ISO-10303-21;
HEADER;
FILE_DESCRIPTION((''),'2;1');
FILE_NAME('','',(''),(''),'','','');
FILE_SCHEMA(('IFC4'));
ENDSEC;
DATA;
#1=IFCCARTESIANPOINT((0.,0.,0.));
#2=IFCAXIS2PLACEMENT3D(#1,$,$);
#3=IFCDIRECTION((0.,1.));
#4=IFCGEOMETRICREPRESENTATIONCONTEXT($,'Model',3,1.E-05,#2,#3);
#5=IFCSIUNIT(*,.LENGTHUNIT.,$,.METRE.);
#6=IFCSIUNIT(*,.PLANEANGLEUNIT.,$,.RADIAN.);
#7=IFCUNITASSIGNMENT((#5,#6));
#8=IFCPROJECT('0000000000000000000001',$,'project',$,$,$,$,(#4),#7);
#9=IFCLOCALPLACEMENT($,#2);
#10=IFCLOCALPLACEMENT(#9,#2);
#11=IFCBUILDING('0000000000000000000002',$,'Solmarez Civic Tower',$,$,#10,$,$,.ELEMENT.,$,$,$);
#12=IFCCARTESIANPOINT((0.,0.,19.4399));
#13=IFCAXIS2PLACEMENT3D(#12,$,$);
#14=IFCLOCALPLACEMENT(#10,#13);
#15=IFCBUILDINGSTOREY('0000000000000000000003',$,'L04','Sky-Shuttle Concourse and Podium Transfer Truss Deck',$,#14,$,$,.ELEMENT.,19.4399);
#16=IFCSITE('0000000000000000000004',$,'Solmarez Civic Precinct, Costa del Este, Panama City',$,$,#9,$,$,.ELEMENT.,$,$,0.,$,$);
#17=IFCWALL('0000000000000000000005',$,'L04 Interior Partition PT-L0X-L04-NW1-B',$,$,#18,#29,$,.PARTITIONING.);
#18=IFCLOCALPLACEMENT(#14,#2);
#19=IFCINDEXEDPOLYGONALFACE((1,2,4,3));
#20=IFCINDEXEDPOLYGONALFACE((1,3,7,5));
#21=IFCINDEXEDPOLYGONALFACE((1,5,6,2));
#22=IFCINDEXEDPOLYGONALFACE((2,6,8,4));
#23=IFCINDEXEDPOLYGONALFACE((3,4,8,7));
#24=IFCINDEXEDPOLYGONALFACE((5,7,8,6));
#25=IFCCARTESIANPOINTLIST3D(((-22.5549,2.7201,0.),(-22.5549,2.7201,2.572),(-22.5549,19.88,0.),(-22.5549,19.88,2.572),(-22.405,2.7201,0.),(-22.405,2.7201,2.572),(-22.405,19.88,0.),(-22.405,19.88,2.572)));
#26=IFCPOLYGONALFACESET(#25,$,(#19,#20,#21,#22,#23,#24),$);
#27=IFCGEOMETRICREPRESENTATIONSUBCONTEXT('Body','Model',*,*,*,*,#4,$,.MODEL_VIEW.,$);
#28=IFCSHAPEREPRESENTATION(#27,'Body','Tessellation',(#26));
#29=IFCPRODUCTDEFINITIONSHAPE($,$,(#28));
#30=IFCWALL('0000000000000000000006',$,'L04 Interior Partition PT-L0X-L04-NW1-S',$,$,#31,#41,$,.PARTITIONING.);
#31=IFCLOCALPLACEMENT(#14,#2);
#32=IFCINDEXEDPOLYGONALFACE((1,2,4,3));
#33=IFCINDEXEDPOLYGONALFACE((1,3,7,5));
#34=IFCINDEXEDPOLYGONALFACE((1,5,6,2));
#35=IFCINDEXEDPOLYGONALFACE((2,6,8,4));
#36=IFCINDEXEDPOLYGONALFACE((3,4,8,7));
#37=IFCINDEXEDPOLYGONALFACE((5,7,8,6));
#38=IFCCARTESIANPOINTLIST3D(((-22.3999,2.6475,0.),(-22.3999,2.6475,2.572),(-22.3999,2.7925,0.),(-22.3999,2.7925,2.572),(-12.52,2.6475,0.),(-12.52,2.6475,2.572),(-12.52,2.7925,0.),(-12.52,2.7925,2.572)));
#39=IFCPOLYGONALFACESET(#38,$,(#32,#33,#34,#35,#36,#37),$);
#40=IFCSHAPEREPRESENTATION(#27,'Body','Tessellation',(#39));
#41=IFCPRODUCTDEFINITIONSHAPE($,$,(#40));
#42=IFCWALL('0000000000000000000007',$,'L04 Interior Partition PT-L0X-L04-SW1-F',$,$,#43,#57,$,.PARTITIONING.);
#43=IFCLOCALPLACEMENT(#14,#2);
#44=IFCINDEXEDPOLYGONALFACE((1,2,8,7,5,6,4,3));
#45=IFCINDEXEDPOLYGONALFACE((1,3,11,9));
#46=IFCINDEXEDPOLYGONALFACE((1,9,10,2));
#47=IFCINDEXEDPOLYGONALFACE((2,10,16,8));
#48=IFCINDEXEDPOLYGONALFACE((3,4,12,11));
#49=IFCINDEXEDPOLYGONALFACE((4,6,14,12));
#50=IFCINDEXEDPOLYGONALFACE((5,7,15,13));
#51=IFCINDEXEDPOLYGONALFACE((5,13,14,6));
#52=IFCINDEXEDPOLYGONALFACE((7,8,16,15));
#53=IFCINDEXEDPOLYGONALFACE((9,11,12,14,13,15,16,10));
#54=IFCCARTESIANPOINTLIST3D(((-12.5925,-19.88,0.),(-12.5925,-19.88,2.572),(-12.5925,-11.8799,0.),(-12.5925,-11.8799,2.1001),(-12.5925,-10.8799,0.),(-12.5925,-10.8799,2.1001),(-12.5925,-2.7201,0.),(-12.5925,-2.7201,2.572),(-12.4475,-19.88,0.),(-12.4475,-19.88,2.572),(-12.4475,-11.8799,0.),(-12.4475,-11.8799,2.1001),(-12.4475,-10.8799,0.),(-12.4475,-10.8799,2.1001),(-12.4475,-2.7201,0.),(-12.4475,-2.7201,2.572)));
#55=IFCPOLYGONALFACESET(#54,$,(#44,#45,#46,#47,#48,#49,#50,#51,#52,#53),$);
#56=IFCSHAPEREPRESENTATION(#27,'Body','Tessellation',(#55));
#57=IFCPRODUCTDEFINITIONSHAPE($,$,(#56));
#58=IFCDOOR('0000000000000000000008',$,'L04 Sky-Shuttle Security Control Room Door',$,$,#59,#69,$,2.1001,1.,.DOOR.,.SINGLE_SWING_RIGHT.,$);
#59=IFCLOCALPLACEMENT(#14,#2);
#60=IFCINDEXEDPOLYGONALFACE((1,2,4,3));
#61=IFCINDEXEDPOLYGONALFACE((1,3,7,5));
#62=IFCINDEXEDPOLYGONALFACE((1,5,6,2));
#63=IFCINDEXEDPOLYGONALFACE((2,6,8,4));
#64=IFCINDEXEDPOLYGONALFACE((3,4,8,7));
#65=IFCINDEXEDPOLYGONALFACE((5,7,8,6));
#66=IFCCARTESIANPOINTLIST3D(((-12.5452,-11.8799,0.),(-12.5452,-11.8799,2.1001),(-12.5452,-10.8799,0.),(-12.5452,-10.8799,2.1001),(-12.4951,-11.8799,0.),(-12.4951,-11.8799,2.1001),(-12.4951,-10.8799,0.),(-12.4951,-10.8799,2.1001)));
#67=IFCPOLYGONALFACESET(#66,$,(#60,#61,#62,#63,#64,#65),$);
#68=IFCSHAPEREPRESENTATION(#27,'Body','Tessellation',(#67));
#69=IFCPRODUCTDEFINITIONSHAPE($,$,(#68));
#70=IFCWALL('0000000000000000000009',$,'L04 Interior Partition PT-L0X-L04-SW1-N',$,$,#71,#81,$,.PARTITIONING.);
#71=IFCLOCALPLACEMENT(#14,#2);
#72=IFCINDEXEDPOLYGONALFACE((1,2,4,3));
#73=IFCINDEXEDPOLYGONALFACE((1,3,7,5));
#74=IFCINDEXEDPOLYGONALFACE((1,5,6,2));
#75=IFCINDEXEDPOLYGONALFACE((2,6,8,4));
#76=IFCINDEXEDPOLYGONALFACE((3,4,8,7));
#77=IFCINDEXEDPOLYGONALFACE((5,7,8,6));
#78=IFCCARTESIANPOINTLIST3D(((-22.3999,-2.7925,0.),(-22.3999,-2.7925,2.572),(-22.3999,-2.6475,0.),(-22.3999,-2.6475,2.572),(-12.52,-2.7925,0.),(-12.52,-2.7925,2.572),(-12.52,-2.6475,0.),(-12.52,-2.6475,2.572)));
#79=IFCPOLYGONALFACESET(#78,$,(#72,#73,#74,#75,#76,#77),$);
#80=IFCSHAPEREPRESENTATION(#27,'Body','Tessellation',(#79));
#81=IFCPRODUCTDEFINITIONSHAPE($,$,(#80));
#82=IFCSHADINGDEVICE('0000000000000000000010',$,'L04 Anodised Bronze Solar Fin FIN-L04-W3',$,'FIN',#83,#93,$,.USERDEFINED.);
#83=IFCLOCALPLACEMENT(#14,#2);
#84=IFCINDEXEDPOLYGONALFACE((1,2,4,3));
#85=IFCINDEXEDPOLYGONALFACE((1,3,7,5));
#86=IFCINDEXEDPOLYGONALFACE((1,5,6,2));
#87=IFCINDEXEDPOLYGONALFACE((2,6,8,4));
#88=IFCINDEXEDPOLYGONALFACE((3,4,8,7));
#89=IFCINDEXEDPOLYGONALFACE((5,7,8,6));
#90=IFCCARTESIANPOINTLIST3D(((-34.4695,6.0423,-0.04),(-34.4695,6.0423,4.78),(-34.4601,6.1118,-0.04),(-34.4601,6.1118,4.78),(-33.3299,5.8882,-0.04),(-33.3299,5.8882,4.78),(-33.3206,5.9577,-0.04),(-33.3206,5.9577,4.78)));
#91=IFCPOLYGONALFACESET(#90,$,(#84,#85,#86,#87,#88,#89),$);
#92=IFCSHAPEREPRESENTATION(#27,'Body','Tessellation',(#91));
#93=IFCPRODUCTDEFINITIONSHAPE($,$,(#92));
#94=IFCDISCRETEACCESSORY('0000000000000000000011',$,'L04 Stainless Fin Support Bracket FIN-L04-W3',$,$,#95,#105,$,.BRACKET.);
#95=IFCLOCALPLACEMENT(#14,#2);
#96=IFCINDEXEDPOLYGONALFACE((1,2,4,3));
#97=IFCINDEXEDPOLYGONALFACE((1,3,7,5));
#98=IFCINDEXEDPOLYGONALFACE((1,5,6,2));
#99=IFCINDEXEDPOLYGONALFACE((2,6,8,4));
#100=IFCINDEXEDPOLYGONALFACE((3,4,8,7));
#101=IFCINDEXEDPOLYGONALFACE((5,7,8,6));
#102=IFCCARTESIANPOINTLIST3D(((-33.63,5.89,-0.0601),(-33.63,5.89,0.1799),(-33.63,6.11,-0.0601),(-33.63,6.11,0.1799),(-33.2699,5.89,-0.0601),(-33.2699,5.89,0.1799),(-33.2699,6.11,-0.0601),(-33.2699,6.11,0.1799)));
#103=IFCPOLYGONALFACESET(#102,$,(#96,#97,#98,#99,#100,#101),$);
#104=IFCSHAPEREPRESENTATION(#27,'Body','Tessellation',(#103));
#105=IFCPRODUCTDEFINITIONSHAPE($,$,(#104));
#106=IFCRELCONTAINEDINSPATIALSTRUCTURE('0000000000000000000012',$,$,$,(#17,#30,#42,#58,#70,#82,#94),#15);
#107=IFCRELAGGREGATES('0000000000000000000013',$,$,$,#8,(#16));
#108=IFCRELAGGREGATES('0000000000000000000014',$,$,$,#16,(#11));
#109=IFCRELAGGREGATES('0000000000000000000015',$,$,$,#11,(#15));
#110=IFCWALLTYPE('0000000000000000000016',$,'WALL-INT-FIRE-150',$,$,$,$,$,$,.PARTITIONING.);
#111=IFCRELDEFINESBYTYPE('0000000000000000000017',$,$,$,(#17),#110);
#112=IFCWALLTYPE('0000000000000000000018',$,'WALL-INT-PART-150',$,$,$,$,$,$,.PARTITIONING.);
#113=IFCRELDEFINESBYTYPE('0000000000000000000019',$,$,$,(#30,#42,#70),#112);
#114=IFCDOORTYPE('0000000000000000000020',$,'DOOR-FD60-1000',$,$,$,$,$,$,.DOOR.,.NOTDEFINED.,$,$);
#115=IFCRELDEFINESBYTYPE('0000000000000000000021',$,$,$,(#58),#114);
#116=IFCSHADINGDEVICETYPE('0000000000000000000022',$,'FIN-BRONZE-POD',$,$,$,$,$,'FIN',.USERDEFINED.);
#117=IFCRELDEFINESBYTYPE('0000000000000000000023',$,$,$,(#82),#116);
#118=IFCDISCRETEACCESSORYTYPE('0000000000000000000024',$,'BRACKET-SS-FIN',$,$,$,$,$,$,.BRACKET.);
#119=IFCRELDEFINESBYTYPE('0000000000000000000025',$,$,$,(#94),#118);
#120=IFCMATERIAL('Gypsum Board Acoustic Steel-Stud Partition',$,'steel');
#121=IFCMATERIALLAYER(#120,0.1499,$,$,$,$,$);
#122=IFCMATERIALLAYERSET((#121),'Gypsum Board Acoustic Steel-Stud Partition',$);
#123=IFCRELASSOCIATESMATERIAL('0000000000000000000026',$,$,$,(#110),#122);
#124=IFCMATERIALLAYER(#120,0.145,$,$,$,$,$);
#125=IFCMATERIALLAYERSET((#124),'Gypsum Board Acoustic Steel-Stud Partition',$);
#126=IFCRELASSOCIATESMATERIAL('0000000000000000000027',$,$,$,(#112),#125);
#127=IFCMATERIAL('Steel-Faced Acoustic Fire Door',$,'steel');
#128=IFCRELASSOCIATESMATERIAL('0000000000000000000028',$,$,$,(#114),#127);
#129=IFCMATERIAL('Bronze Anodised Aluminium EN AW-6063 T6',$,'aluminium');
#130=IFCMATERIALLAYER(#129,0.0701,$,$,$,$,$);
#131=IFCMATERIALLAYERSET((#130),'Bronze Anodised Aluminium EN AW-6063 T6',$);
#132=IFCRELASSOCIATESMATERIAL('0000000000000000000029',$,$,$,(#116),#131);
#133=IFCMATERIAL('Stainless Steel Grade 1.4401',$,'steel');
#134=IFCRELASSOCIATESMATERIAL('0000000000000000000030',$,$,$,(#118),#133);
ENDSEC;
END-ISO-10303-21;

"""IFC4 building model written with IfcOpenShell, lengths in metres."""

from ifc_helpers import new_model, si_unit, direction, frame, frame_2d, origin, origin_2d, place, context, subcontext, project, spatial, rectangle, extrude, material, layer, layer_set, type_object, element, fill, save


model = new_model("IFC4")

# Units and contexts
model_context = context("Model", 3, precision=1e-05, world=origin(), true_north=direction((0.0, 1.0)))
body_context = subcontext(model_context, "Body", "Model", "MODEL_VIEW")
ifc_project = project(units=[si_unit("LENGTHUNIT", "METRE"), si_unit("PLANEANGLEUNIT", "RADIAN")], contexts=[model_context])

# Site, building, storey
site_placement = place(None, origin())
site = spatial("IfcSite", under=ifc_project, at=site_placement, Name="Solmarez Civic Precinct, Costa del Este, Panama City", CompositionType="ELEMENT", RefElevation=0.0)
building_placement = place(site_placement, origin())
building = spatial("IfcBuilding", under=site, at=building_placement, Name="Solmarez Civic Tower", CompositionType="ELEMENT")
storey_placement = place(building_placement, frame((0.0, 0.0, 19.4399)))
storey = spatial("IfcBuildingStorey", under=building, at=storey_placement, Name="L04", Description="Sky-Shuttle Concourse and Podium Transfer Truss Deck", CompositionType="ELEMENT", Elevation=19.4399)

# Shared definitions
ifc_material_1 = material(Name="Gypsum Board Acoustic Steel-Stud Partition", Category="steel")
ifc_layer_1 = layer(ifc_material_1, 0.1499)
ifc_layer_set_1 = layer_set([ifc_layer_1], Name="Gypsum Board Acoustic Steel-Stud Partition")
wall_type_1 = type_object("IfcWallType", Name="WALL-INT-FIRE-150", PredefinedType="PARTITIONING", material=ifc_layer_set_1)

# Walls
wall_1_placement = place(storey_placement, frame((-22.48, 2.72, 0.0), z_axis=(0.0, 0.0, 1.0), x_axis=(0.0, 1.0, 0.0)))
element("IfcWall", 1, at=wall_1_placement, inside=storey, type_object=wall_type_1, Name="L04 Interior Partition PT-L0X-L04-NW1-B", PredefinedType="PARTITIONING", context=body_context, shape_type="SweptSolid", body=[
    extrude(rectangle(XDim=17.1599, YDim=0.1499, at=frame_2d((8.5801, 0.0))), origin(), (0.0, 0.0, 1.0), 2.572),
])
ifc_layer_2 = layer(ifc_material_1, 0.145)
ifc_layer_set_2 = layer_set([ifc_layer_2], Name="Gypsum Board Acoustic Steel-Stud Partition")
wall_type_2 = type_object("IfcWallType", Name="WALL-INT-PART-150", PredefinedType="PARTITIONING", material=ifc_layer_set_2)
wall_2_placement = place(storey_placement, frame((-22.3999, 2.72, 0.0), z_axis=(0.0, 0.0, 1.0), x_axis=(1.0, 0.0, 0.0)))
element("IfcWall", 2, at=wall_2_placement, inside=storey, type_object=wall_type_2, Name="L04 Interior Partition PT-L0X-L04-NW1-S", PredefinedType="PARTITIONING", context=body_context, shape_type="SweptSolid", body=[
    extrude(rectangle(XDim=9.8799, YDim=0.145, at=frame_2d((4.9399, 0.0))), origin(), (0.0, 0.0, 1.0), 2.572),
])

# Wall, opening, door
wall_3_placement = place(storey_placement, frame((-12.52, -2.72, 0.0), z_axis=(0.0, 0.0, 1.0), x_axis=(0.0, -1.0, 0.0)))
wall_3 = element("IfcWall", 3, at=wall_3_placement, inside=storey, type_object=wall_type_2, Name="L04 Interior Partition PT-L0X-L04-SW1-F", PredefinedType="PARTITIONING", context=body_context, shape_type="SweptSolid", body=[
    extrude(rectangle(XDim=17.1599, YDim=0.145, at=frame_2d((8.5801, 0.0))), origin(), (0.0, 0.0, 1.0), 2.572),
])
opening_1_placement = place(wall_3_placement, frame((8.1599, 0.0, 0.0)))
opening_1 = element("IfcOpeningElement", 4, at=opening_1_placement, cuts=wall_3, PredefinedType="OPENING", context=body_context, shape_type="SweptSolid", body=[
    extrude(rectangle(XDim=1.0, YDim=2.1001, at=frame_2d((0.5, 1.05))), frame((0.0, 0.0825, 0.0), z_axis=(0.0, -1.0, 0.0), x_axis=(1.0, 0.0, 0.0)), (0.0, 0.0, 1.0), 0.165),
])
ifc_material_2 = material(Name="Steel-Faced Acoustic Fire Door", Category="steel")
door_type_1 = type_object("IfcDoorType", Name="DOOR-FD60-1000", OperationType="NOTDEFINED", PredefinedType="DOOR", material=ifc_material_2)
door_1_placement = place(opening_1_placement, origin())
door_1 = element("IfcDoor", 5, at=door_1_placement, inside=storey, type_object=door_type_1, Name="L04 Sky-Shuttle Security Control Room Door", OperationType="SINGLE_SWING_RIGHT", OverallHeight=2.1001, OverallWidth=1.0, PredefinedType="DOOR", context=body_context, shape_type="SweptSolid", body=[
    extrude(rectangle(XDim=1.0, YDim=2.1001, at=frame_2d((0.5, 1.05))), frame((0.0, 0.0249, 0.0), z_axis=(0.0, -1.0, 0.0), x_axis=(1.0, 0.0, 0.0)), (0.0, 0.0, 1.0), 0.05),
])
fill(opening_1, door_1)

# Wall
wall_4_placement = place(storey_placement, frame((-22.3999, -2.72, 0.0), z_axis=(0.0, 0.0, 1.0), x_axis=(1.0, 0.0, 0.0)))
element("IfcWall", 6, at=wall_4_placement, inside=storey, type_object=wall_type_2, Name="L04 Interior Partition PT-L0X-L04-SW1-N", PredefinedType="PARTITIONING", context=body_context, shape_type="SweptSolid", body=[
    extrude(rectangle(XDim=9.8799, YDim=0.145, at=frame_2d((4.9399, 0.0))), origin(), (0.0, 0.0, 1.0), 2.572),
])

# Shading device
ifc_material_3 = material(Name="Bronze Anodised Aluminium EN AW-6063 T6", Category="aluminium")
ifc_layer_3 = layer(ifc_material_3, 0.0701)
ifc_layer_set_3 = layer_set([ifc_layer_3], Name="Bronze Anodised Aluminium EN AW-6063 T6")
shading_device_type = type_object("IfcShadingDeviceType", Name="FIN-BRONZE-POD", ElementType="FIN", PredefinedType="USERDEFINED", material=ifc_layer_set_3)
shading_device_placement = place(storey_placement, frame((-33.895, 6.0, -0.04), z_axis=(0.0, 0.0, 1.0), x_axis=(-0.990983, 0.133986, 0.0)))
element("IfcShadingDevice", 7, at=shading_device_placement, inside=storey, type_object=shading_device_type, Name="L04 Anodised Bronze Solar Fin FIN-L04-W3", ObjectType="FIN", PredefinedType="USERDEFINED", context=body_context, shape_type="SweptSolid", body=[
    extrude(rectangle(XDim=1.1499, YDim=0.0701, at=origin_2d()), origin(), (0.0, 0.0, 1.0), 4.8201),
])

# Discrete accessory
ifc_material_4 = material(Name="Stainless Steel Grade 1.4401", Category="steel")
discrete_accessory_type = type_object("IfcDiscreteAccessoryType", Name="BRACKET-SS-FIN", PredefinedType="BRACKET", material=ifc_material_4)
discrete_accessory_placement = place(storey_placement, frame((-33.45, 6.0, -0.0601), z_axis=(0.0, 0.0, 1.0), x_axis=(-1.0, 0.0, 0.0)))
element("IfcDiscreteAccessory", 8, at=discrete_accessory_placement, inside=storey, type_object=discrete_accessory_type, Name="L04 Stainless Fin Support Bracket FIN-L04-W3", PredefinedType="BRACKET", context=body_context, shape_type="SweptSolid", body=[
    extrude(rectangle(XDim=0.3601, YDim=0.22, at=origin_2d()), origin(), (0.0, 0.0, 1.0), 0.24),
])

save(model, "model.ifc")
